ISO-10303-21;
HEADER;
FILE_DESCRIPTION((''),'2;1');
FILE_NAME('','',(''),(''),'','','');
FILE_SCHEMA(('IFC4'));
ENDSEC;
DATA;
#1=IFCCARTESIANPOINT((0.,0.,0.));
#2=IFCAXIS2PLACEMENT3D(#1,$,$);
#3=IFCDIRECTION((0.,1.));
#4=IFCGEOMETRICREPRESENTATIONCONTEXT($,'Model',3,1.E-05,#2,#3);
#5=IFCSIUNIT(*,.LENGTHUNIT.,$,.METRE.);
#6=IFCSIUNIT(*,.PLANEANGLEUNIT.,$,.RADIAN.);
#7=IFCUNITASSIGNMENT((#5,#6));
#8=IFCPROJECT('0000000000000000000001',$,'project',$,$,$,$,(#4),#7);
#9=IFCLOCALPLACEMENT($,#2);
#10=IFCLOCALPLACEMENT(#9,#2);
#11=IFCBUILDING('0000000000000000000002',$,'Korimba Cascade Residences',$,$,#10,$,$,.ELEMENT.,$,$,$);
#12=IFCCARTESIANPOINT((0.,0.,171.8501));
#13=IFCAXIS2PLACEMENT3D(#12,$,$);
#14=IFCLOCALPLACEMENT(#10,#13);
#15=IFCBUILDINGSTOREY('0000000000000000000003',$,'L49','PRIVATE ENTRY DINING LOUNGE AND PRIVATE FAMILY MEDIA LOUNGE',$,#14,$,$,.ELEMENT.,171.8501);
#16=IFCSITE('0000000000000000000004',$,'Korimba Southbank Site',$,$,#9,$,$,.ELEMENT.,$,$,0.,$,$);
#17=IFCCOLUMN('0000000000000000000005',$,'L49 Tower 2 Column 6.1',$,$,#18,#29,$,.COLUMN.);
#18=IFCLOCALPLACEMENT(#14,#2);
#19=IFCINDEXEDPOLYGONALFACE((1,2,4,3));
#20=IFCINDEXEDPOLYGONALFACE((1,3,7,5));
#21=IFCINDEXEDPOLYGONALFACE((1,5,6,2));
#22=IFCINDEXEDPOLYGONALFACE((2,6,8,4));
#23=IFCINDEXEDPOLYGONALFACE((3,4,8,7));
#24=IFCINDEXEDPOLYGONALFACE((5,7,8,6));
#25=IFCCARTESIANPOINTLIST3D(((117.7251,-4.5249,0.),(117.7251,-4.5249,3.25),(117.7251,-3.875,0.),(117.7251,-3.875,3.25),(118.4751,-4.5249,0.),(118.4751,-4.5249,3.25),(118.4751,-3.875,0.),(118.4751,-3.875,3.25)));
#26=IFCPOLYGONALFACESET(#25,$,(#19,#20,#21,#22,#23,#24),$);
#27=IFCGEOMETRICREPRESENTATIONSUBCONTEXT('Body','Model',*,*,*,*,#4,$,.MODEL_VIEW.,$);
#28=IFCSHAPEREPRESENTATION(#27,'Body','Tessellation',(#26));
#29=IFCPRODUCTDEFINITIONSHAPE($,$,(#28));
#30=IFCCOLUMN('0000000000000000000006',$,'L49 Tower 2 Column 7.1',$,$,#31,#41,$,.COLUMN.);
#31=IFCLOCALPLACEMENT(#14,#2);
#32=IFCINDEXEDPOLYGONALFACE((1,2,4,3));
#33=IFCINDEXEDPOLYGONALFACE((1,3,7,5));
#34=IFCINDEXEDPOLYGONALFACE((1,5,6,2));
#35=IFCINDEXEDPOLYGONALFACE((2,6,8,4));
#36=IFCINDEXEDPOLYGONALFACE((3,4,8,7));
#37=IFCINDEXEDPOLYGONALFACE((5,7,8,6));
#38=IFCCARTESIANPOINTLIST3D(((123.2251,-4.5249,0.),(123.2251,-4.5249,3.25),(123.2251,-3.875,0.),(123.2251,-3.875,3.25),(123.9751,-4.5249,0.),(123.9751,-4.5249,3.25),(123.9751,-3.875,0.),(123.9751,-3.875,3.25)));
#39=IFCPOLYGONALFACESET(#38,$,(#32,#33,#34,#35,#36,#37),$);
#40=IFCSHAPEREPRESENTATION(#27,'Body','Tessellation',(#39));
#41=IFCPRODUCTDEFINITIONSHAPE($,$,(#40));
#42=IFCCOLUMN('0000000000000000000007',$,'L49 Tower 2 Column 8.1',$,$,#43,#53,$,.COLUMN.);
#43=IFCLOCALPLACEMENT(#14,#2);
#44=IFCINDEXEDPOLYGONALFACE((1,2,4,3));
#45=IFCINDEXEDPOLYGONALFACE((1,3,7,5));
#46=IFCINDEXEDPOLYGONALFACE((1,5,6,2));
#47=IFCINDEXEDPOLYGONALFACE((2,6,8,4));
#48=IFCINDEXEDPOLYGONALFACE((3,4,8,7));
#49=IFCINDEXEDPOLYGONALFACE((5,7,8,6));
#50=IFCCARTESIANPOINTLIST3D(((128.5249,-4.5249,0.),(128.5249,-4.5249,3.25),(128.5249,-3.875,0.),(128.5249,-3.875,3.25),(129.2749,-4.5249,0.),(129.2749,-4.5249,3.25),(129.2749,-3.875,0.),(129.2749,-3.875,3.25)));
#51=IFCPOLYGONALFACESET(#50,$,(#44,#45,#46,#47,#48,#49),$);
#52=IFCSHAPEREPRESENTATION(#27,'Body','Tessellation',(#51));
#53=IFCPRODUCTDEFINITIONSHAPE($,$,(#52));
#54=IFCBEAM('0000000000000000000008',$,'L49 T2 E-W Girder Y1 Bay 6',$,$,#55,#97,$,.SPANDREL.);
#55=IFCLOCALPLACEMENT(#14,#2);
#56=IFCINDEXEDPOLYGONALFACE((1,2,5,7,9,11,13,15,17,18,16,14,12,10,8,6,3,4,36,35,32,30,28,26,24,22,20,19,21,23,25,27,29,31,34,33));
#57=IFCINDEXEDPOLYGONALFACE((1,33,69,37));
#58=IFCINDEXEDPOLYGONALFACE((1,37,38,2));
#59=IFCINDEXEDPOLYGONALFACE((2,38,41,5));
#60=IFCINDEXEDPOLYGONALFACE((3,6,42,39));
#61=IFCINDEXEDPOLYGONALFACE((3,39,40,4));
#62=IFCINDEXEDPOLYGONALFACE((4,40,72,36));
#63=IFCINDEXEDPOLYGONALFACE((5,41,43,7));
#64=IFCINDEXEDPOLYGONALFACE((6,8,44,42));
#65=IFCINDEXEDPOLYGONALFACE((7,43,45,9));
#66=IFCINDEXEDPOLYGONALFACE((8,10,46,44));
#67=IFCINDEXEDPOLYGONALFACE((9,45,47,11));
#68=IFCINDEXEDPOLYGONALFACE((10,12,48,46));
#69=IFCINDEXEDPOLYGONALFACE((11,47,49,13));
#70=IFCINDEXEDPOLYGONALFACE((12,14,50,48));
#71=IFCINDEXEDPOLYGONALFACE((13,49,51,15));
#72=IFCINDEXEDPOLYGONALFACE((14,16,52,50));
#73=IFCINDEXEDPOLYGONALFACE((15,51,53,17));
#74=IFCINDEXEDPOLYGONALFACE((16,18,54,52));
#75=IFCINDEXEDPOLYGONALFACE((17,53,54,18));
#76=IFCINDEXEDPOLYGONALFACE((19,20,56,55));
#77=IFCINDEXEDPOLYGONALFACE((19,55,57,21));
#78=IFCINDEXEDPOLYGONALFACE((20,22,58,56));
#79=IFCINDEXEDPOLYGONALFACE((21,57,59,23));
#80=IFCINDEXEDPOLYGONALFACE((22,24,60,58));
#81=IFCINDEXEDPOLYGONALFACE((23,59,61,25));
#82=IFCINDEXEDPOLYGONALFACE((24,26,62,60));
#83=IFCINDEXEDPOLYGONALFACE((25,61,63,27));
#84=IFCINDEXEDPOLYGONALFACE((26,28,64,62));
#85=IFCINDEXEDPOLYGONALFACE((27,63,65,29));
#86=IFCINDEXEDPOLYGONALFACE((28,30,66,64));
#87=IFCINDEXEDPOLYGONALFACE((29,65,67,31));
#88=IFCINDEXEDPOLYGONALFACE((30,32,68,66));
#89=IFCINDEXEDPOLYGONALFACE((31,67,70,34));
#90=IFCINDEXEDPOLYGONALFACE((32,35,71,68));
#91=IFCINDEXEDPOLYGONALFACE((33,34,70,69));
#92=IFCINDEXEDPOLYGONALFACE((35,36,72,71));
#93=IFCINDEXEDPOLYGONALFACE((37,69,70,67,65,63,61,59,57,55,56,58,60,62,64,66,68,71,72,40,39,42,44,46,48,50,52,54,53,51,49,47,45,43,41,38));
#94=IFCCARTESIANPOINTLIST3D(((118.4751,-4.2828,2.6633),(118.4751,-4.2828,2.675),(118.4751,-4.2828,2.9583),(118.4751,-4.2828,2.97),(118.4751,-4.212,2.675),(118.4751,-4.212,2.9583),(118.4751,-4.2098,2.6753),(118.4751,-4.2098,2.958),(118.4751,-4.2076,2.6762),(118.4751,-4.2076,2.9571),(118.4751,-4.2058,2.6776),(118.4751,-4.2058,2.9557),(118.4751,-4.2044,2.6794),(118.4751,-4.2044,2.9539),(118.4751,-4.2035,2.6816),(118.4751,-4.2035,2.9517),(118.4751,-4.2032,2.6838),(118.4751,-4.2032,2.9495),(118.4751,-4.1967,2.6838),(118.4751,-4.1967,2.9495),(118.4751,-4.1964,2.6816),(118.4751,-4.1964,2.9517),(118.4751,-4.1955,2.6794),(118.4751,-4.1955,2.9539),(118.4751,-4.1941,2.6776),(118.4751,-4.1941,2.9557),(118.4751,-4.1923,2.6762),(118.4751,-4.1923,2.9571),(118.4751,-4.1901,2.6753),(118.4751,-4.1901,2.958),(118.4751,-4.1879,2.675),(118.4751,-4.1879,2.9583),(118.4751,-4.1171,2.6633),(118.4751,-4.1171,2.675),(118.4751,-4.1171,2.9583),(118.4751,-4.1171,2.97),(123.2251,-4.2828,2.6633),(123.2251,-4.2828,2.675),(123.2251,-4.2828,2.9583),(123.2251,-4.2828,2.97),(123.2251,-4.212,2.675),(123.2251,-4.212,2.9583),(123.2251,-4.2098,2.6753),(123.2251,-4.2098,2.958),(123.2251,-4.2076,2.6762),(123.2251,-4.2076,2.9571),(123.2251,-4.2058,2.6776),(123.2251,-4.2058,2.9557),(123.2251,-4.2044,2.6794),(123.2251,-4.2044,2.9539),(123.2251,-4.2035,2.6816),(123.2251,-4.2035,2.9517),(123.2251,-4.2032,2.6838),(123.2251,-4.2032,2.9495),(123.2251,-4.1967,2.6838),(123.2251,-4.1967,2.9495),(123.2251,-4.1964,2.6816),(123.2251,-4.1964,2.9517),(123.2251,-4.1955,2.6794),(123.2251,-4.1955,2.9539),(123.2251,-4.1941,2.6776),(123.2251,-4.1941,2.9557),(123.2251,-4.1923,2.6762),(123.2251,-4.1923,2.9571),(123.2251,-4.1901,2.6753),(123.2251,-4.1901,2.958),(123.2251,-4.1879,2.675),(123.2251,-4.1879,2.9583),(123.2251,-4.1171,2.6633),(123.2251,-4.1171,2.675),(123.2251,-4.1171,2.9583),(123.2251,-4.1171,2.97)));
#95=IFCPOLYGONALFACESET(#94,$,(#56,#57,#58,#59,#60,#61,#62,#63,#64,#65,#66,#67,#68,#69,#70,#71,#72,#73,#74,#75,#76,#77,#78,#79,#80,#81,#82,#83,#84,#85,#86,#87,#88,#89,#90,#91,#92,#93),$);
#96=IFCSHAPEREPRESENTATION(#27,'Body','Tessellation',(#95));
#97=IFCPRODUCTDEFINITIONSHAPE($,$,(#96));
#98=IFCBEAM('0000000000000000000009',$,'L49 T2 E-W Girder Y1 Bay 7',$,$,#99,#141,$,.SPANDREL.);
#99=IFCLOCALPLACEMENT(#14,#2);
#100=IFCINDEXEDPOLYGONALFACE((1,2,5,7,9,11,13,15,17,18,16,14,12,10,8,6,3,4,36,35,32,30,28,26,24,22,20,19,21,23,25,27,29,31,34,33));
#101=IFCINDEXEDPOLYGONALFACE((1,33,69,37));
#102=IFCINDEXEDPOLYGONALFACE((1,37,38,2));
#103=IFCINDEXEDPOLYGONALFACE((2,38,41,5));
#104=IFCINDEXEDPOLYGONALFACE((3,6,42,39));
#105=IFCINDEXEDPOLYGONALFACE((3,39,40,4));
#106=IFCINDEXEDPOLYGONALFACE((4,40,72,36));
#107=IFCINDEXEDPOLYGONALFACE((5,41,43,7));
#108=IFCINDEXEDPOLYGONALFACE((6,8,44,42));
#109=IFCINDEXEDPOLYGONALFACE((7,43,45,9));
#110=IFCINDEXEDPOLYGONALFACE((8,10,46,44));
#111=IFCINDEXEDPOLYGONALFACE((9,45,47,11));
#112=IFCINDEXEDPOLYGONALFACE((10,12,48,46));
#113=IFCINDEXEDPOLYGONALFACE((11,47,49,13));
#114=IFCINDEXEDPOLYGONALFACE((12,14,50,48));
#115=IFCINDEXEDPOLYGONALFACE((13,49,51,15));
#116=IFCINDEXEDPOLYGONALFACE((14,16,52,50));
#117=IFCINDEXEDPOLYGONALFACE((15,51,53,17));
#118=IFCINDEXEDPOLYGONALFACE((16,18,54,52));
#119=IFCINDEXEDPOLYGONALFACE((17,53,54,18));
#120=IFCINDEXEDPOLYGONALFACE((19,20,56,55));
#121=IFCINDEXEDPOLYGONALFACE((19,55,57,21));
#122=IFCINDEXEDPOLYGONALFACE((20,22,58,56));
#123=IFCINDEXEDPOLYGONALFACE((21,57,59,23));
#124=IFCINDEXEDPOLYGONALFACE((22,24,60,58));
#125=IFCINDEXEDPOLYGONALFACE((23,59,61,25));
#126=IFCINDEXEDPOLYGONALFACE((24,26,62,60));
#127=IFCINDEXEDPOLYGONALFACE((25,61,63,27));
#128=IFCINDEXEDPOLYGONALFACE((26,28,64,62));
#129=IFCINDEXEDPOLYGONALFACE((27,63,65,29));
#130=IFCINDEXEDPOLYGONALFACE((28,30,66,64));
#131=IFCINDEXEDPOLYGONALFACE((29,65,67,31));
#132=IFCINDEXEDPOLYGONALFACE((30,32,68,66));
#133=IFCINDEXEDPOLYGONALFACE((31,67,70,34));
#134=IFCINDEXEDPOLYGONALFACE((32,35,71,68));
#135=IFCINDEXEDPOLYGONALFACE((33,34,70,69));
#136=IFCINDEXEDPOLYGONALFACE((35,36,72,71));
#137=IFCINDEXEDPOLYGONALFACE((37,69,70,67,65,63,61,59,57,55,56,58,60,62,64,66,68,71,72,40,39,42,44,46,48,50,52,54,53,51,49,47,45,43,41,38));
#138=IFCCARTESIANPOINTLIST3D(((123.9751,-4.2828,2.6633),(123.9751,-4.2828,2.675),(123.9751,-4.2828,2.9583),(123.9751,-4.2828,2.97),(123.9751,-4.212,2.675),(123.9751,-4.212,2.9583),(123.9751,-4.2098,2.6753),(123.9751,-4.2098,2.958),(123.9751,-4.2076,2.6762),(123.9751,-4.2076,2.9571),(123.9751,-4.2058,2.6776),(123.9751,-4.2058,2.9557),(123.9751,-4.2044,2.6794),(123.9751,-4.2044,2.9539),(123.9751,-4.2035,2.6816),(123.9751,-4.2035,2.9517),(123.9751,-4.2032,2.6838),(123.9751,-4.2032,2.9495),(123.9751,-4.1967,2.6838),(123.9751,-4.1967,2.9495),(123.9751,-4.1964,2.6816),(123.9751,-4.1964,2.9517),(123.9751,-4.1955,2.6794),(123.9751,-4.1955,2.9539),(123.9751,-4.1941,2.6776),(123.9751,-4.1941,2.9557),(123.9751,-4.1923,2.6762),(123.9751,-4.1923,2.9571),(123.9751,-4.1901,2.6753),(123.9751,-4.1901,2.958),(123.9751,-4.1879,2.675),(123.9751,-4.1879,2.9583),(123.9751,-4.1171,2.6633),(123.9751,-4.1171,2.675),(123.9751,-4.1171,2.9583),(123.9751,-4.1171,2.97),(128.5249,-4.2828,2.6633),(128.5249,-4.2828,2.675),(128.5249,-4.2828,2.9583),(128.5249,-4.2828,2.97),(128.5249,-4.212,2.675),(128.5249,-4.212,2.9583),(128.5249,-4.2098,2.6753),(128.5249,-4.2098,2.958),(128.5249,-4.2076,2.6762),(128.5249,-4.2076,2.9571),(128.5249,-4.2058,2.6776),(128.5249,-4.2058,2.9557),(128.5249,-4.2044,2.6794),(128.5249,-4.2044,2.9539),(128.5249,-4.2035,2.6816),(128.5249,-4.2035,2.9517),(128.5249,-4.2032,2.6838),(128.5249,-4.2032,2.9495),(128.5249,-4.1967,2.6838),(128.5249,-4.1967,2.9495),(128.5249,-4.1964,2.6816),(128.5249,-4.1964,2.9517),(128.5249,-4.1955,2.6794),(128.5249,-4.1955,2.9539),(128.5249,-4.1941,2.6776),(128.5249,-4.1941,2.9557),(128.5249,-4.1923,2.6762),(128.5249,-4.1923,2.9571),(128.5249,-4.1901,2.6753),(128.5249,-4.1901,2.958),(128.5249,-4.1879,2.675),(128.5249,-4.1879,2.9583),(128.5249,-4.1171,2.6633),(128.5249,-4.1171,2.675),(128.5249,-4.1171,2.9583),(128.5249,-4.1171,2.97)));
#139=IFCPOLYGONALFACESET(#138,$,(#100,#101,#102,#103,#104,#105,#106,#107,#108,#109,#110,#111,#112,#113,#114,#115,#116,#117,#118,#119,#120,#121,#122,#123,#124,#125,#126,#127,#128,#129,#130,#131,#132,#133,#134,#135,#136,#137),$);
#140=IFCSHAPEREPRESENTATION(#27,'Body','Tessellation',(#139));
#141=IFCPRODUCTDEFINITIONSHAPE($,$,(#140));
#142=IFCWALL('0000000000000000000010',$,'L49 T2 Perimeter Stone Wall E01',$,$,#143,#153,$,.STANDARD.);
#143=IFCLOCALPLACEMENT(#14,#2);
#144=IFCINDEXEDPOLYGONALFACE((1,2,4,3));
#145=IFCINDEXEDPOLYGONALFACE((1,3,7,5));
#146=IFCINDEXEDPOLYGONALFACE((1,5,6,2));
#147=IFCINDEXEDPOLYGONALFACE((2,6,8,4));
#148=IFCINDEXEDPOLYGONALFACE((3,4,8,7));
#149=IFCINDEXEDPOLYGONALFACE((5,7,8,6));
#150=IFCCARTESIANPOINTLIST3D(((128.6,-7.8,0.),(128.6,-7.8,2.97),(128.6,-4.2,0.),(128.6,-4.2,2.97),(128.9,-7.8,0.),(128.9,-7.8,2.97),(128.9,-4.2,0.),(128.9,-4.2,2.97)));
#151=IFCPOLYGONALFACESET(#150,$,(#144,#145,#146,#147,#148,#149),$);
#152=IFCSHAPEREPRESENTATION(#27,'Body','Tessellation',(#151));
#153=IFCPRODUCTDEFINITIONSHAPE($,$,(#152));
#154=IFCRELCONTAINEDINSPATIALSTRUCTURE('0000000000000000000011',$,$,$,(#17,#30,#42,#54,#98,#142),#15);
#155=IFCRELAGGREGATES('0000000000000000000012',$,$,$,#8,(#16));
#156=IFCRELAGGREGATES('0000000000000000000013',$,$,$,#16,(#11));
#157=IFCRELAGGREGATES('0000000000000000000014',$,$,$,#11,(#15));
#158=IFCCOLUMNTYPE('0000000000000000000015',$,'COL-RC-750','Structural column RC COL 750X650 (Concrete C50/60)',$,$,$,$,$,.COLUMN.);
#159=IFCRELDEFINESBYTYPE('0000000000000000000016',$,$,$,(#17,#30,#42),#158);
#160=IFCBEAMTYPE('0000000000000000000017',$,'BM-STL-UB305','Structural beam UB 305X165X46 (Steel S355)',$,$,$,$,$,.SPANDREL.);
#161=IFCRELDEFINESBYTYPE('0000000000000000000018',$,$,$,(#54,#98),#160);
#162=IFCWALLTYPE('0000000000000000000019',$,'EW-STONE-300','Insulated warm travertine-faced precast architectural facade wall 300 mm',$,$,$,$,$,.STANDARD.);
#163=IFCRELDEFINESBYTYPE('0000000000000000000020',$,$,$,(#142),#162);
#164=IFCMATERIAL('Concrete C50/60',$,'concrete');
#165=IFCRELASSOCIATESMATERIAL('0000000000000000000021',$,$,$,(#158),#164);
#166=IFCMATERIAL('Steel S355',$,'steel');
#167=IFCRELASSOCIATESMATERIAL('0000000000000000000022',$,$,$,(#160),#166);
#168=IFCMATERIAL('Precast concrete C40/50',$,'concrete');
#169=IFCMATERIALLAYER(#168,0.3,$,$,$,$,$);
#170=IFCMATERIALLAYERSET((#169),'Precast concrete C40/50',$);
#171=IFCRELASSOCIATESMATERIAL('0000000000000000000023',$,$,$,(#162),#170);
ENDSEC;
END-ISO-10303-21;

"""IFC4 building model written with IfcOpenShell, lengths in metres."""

from ifc_helpers import new_model, si_unit, direction, frame, frame_2d, origin, origin_2d, place, context, subcontext, project, spatial, rectangle, i_section, extrude, material, layer, layer_set, material_profile, profile_set, type_object, element, save


model = new_model("IFC4")

# Units and contexts
model_context = context("Model", 3, precision=1e-05, world=origin(), true_north=direction((0.0, 1.0)))
body_context = subcontext(model_context, "Body", "Model", "MODEL_VIEW")
ifc_project = project(units=[si_unit("LENGTHUNIT", "METRE"), si_unit("PLANEANGLEUNIT", "RADIAN")], contexts=[model_context])

# Site, building, storey
site_placement = place(None, origin())
site = spatial("IfcSite", under=ifc_project, at=site_placement, Name="Korimba Southbank Site", CompositionType="ELEMENT", RefElevation=0.0)
building_placement = place(site_placement, origin())
building = spatial("IfcBuilding", under=site, at=building_placement, Name="Korimba Cascade Residences", CompositionType="ELEMENT")
storey_placement = place(building_placement, frame((0.0, 0.0, 171.8501)))
storey = spatial("IfcBuildingStorey", under=building, at=storey_placement, Name="L49", Description="PRIVATE ENTRY DINING LOUNGE AND PRIVATE FAMILY MEDIA LOUNGE", CompositionType="ELEMENT", Elevation=171.8501)

# Columns
ifc_material_1 = material(Name="Concrete C50/60", Category="concrete")
ifc_material_profile_1 = material_profile(ifc_material_1, rectangle(XDim=0.75, YDim=0.6499, at=origin_2d()), Name="Concrete C50/60")
ifc_profile_set_1 = profile_set([ifc_material_profile_1], Name="Concrete C50/60")
column_type = type_object("IfcColumnType", Name="COL-RC-750", Description="Structural column RC COL 750X650 (Concrete C50/60)", PredefinedType="COLUMN", material=ifc_profile_set_1)
for number, where, z_axis, x_axis, name in (
    (1, (118.1001, -4.2, 0.0), (0.0, 0.0, 1.0), (1.0, 0.0, 0.0), "L49 Tower 2 Column 6.1"),
    (2, (123.6001, -4.2, 0.0), (0.0, 0.0, 1.0), (1.0, 0.0, 0.0), "L49 Tower 2 Column 7.1"),
    (3, (128.8999, -4.2, 0.0), (0.0, 0.0, 1.0), (1.0, 0.0, 0.0), "L49 Tower 2 Column 8.1"),
):
    element("IfcColumn", number, at=place(storey_placement, frame(where, z_axis=z_axis, x_axis=x_axis)), inside=storey, type_object=column_type, Name=name, PredefinedType="COLUMN", context=body_context, shape_type="SweptSolid", body=[
        extrude(rectangle(XDim=0.75, YDim=0.6499, at=origin_2d()), origin(), (0.0, 0.0, 1.0), 3.25),
    ])

# Beams
ifc_material_2 = material(Name="Steel S355", Category="steel")
ifc_material_profile_2 = material_profile(ifc_material_2, i_section(OverallWidth=0.1658, OverallDepth=0.3066, WebThickness=0.0066, FlangeThickness=0.0117, FilletRadius=0.0088, at=origin_2d()), Name="Steel S355")
ifc_profile_set_2 = profile_set([ifc_material_profile_2], Name="Steel S355")
beam_type = type_object("IfcBeamType", Name="BM-STL-UB305", Description="Structural beam UB 305X165X46 (Steel S355)", PredefinedType="SPANDREL", material=ifc_profile_set_2)
beam_1_placement = place(storey_placement, frame((118.4751, -4.2, 2.8167), z_axis=(1.0, 0.0, 0.0), x_axis=(0.0, 1.0, 0.0)))
element("IfcBeam", 4, at=beam_1_placement, inside=storey, type_object=beam_type, Name="L49 T2 E-W Girder Y1 Bay 6", PredefinedType="SPANDREL", context=body_context, shape_type="SweptSolid", body=[
    extrude(i_section(OverallWidth=0.1658, OverallDepth=0.3066, WebThickness=0.0066, FlangeThickness=0.0117, FilletRadius=0.0088, at=origin_2d()), origin(), (0.0, 0.0, 1.0), 4.75),
])
beam_2_placement = place(storey_placement, frame((123.9751, -4.2, 2.8167), z_axis=(1.0, 0.0, 0.0), x_axis=(0.0, 1.0, 0.0)))
element("IfcBeam", 5, at=beam_2_placement, inside=storey, type_object=beam_type, Name="L49 T2 E-W Girder Y1 Bay 7", PredefinedType="SPANDREL", context=body_context, shape_type="SweptSolid", body=[
    extrude(i_section(OverallWidth=0.1658, OverallDepth=0.3066, WebThickness=0.0066, FlangeThickness=0.0117, FilletRadius=0.0088, at=origin_2d()), origin(), (0.0, 0.0, 1.0), 4.5498),
])

# Wall
ifc_material_3 = material(Name="Precast concrete C40/50", Category="concrete")
ifc_layer_1 = layer(ifc_material_3, 0.3)
ifc_layer_set_1 = layer_set([ifc_layer_1], Name="Precast concrete C40/50")
wall_type_1 = type_object("IfcWallType", Name="EW-STONE-300", Description="Insulated warm travertine-faced precast architectural facade wall 300 mm", PredefinedType="STANDARD", material=ifc_layer_set_1)
wall_1_placement = place(storey_placement, frame((128.75, -7.8, 0.0), z_axis=(0.0, 0.0, 1.0), x_axis=(0.0, 1.0, 0.0)))
element("IfcWall", 6, at=wall_1_placement, inside=storey, type_object=wall_type_1, Name="L49 T2 Perimeter Stone Wall E01", PredefinedType="STANDARD", context=body_context, shape_type="SweptSolid", body=[
    extrude(rectangle(XDim=3.6001, YDim=0.3, at=frame_2d((1.8, 0.0))), origin(), (0.0, 0.0, 1.0), 2.97),
])

save(model, "model.ifc")
